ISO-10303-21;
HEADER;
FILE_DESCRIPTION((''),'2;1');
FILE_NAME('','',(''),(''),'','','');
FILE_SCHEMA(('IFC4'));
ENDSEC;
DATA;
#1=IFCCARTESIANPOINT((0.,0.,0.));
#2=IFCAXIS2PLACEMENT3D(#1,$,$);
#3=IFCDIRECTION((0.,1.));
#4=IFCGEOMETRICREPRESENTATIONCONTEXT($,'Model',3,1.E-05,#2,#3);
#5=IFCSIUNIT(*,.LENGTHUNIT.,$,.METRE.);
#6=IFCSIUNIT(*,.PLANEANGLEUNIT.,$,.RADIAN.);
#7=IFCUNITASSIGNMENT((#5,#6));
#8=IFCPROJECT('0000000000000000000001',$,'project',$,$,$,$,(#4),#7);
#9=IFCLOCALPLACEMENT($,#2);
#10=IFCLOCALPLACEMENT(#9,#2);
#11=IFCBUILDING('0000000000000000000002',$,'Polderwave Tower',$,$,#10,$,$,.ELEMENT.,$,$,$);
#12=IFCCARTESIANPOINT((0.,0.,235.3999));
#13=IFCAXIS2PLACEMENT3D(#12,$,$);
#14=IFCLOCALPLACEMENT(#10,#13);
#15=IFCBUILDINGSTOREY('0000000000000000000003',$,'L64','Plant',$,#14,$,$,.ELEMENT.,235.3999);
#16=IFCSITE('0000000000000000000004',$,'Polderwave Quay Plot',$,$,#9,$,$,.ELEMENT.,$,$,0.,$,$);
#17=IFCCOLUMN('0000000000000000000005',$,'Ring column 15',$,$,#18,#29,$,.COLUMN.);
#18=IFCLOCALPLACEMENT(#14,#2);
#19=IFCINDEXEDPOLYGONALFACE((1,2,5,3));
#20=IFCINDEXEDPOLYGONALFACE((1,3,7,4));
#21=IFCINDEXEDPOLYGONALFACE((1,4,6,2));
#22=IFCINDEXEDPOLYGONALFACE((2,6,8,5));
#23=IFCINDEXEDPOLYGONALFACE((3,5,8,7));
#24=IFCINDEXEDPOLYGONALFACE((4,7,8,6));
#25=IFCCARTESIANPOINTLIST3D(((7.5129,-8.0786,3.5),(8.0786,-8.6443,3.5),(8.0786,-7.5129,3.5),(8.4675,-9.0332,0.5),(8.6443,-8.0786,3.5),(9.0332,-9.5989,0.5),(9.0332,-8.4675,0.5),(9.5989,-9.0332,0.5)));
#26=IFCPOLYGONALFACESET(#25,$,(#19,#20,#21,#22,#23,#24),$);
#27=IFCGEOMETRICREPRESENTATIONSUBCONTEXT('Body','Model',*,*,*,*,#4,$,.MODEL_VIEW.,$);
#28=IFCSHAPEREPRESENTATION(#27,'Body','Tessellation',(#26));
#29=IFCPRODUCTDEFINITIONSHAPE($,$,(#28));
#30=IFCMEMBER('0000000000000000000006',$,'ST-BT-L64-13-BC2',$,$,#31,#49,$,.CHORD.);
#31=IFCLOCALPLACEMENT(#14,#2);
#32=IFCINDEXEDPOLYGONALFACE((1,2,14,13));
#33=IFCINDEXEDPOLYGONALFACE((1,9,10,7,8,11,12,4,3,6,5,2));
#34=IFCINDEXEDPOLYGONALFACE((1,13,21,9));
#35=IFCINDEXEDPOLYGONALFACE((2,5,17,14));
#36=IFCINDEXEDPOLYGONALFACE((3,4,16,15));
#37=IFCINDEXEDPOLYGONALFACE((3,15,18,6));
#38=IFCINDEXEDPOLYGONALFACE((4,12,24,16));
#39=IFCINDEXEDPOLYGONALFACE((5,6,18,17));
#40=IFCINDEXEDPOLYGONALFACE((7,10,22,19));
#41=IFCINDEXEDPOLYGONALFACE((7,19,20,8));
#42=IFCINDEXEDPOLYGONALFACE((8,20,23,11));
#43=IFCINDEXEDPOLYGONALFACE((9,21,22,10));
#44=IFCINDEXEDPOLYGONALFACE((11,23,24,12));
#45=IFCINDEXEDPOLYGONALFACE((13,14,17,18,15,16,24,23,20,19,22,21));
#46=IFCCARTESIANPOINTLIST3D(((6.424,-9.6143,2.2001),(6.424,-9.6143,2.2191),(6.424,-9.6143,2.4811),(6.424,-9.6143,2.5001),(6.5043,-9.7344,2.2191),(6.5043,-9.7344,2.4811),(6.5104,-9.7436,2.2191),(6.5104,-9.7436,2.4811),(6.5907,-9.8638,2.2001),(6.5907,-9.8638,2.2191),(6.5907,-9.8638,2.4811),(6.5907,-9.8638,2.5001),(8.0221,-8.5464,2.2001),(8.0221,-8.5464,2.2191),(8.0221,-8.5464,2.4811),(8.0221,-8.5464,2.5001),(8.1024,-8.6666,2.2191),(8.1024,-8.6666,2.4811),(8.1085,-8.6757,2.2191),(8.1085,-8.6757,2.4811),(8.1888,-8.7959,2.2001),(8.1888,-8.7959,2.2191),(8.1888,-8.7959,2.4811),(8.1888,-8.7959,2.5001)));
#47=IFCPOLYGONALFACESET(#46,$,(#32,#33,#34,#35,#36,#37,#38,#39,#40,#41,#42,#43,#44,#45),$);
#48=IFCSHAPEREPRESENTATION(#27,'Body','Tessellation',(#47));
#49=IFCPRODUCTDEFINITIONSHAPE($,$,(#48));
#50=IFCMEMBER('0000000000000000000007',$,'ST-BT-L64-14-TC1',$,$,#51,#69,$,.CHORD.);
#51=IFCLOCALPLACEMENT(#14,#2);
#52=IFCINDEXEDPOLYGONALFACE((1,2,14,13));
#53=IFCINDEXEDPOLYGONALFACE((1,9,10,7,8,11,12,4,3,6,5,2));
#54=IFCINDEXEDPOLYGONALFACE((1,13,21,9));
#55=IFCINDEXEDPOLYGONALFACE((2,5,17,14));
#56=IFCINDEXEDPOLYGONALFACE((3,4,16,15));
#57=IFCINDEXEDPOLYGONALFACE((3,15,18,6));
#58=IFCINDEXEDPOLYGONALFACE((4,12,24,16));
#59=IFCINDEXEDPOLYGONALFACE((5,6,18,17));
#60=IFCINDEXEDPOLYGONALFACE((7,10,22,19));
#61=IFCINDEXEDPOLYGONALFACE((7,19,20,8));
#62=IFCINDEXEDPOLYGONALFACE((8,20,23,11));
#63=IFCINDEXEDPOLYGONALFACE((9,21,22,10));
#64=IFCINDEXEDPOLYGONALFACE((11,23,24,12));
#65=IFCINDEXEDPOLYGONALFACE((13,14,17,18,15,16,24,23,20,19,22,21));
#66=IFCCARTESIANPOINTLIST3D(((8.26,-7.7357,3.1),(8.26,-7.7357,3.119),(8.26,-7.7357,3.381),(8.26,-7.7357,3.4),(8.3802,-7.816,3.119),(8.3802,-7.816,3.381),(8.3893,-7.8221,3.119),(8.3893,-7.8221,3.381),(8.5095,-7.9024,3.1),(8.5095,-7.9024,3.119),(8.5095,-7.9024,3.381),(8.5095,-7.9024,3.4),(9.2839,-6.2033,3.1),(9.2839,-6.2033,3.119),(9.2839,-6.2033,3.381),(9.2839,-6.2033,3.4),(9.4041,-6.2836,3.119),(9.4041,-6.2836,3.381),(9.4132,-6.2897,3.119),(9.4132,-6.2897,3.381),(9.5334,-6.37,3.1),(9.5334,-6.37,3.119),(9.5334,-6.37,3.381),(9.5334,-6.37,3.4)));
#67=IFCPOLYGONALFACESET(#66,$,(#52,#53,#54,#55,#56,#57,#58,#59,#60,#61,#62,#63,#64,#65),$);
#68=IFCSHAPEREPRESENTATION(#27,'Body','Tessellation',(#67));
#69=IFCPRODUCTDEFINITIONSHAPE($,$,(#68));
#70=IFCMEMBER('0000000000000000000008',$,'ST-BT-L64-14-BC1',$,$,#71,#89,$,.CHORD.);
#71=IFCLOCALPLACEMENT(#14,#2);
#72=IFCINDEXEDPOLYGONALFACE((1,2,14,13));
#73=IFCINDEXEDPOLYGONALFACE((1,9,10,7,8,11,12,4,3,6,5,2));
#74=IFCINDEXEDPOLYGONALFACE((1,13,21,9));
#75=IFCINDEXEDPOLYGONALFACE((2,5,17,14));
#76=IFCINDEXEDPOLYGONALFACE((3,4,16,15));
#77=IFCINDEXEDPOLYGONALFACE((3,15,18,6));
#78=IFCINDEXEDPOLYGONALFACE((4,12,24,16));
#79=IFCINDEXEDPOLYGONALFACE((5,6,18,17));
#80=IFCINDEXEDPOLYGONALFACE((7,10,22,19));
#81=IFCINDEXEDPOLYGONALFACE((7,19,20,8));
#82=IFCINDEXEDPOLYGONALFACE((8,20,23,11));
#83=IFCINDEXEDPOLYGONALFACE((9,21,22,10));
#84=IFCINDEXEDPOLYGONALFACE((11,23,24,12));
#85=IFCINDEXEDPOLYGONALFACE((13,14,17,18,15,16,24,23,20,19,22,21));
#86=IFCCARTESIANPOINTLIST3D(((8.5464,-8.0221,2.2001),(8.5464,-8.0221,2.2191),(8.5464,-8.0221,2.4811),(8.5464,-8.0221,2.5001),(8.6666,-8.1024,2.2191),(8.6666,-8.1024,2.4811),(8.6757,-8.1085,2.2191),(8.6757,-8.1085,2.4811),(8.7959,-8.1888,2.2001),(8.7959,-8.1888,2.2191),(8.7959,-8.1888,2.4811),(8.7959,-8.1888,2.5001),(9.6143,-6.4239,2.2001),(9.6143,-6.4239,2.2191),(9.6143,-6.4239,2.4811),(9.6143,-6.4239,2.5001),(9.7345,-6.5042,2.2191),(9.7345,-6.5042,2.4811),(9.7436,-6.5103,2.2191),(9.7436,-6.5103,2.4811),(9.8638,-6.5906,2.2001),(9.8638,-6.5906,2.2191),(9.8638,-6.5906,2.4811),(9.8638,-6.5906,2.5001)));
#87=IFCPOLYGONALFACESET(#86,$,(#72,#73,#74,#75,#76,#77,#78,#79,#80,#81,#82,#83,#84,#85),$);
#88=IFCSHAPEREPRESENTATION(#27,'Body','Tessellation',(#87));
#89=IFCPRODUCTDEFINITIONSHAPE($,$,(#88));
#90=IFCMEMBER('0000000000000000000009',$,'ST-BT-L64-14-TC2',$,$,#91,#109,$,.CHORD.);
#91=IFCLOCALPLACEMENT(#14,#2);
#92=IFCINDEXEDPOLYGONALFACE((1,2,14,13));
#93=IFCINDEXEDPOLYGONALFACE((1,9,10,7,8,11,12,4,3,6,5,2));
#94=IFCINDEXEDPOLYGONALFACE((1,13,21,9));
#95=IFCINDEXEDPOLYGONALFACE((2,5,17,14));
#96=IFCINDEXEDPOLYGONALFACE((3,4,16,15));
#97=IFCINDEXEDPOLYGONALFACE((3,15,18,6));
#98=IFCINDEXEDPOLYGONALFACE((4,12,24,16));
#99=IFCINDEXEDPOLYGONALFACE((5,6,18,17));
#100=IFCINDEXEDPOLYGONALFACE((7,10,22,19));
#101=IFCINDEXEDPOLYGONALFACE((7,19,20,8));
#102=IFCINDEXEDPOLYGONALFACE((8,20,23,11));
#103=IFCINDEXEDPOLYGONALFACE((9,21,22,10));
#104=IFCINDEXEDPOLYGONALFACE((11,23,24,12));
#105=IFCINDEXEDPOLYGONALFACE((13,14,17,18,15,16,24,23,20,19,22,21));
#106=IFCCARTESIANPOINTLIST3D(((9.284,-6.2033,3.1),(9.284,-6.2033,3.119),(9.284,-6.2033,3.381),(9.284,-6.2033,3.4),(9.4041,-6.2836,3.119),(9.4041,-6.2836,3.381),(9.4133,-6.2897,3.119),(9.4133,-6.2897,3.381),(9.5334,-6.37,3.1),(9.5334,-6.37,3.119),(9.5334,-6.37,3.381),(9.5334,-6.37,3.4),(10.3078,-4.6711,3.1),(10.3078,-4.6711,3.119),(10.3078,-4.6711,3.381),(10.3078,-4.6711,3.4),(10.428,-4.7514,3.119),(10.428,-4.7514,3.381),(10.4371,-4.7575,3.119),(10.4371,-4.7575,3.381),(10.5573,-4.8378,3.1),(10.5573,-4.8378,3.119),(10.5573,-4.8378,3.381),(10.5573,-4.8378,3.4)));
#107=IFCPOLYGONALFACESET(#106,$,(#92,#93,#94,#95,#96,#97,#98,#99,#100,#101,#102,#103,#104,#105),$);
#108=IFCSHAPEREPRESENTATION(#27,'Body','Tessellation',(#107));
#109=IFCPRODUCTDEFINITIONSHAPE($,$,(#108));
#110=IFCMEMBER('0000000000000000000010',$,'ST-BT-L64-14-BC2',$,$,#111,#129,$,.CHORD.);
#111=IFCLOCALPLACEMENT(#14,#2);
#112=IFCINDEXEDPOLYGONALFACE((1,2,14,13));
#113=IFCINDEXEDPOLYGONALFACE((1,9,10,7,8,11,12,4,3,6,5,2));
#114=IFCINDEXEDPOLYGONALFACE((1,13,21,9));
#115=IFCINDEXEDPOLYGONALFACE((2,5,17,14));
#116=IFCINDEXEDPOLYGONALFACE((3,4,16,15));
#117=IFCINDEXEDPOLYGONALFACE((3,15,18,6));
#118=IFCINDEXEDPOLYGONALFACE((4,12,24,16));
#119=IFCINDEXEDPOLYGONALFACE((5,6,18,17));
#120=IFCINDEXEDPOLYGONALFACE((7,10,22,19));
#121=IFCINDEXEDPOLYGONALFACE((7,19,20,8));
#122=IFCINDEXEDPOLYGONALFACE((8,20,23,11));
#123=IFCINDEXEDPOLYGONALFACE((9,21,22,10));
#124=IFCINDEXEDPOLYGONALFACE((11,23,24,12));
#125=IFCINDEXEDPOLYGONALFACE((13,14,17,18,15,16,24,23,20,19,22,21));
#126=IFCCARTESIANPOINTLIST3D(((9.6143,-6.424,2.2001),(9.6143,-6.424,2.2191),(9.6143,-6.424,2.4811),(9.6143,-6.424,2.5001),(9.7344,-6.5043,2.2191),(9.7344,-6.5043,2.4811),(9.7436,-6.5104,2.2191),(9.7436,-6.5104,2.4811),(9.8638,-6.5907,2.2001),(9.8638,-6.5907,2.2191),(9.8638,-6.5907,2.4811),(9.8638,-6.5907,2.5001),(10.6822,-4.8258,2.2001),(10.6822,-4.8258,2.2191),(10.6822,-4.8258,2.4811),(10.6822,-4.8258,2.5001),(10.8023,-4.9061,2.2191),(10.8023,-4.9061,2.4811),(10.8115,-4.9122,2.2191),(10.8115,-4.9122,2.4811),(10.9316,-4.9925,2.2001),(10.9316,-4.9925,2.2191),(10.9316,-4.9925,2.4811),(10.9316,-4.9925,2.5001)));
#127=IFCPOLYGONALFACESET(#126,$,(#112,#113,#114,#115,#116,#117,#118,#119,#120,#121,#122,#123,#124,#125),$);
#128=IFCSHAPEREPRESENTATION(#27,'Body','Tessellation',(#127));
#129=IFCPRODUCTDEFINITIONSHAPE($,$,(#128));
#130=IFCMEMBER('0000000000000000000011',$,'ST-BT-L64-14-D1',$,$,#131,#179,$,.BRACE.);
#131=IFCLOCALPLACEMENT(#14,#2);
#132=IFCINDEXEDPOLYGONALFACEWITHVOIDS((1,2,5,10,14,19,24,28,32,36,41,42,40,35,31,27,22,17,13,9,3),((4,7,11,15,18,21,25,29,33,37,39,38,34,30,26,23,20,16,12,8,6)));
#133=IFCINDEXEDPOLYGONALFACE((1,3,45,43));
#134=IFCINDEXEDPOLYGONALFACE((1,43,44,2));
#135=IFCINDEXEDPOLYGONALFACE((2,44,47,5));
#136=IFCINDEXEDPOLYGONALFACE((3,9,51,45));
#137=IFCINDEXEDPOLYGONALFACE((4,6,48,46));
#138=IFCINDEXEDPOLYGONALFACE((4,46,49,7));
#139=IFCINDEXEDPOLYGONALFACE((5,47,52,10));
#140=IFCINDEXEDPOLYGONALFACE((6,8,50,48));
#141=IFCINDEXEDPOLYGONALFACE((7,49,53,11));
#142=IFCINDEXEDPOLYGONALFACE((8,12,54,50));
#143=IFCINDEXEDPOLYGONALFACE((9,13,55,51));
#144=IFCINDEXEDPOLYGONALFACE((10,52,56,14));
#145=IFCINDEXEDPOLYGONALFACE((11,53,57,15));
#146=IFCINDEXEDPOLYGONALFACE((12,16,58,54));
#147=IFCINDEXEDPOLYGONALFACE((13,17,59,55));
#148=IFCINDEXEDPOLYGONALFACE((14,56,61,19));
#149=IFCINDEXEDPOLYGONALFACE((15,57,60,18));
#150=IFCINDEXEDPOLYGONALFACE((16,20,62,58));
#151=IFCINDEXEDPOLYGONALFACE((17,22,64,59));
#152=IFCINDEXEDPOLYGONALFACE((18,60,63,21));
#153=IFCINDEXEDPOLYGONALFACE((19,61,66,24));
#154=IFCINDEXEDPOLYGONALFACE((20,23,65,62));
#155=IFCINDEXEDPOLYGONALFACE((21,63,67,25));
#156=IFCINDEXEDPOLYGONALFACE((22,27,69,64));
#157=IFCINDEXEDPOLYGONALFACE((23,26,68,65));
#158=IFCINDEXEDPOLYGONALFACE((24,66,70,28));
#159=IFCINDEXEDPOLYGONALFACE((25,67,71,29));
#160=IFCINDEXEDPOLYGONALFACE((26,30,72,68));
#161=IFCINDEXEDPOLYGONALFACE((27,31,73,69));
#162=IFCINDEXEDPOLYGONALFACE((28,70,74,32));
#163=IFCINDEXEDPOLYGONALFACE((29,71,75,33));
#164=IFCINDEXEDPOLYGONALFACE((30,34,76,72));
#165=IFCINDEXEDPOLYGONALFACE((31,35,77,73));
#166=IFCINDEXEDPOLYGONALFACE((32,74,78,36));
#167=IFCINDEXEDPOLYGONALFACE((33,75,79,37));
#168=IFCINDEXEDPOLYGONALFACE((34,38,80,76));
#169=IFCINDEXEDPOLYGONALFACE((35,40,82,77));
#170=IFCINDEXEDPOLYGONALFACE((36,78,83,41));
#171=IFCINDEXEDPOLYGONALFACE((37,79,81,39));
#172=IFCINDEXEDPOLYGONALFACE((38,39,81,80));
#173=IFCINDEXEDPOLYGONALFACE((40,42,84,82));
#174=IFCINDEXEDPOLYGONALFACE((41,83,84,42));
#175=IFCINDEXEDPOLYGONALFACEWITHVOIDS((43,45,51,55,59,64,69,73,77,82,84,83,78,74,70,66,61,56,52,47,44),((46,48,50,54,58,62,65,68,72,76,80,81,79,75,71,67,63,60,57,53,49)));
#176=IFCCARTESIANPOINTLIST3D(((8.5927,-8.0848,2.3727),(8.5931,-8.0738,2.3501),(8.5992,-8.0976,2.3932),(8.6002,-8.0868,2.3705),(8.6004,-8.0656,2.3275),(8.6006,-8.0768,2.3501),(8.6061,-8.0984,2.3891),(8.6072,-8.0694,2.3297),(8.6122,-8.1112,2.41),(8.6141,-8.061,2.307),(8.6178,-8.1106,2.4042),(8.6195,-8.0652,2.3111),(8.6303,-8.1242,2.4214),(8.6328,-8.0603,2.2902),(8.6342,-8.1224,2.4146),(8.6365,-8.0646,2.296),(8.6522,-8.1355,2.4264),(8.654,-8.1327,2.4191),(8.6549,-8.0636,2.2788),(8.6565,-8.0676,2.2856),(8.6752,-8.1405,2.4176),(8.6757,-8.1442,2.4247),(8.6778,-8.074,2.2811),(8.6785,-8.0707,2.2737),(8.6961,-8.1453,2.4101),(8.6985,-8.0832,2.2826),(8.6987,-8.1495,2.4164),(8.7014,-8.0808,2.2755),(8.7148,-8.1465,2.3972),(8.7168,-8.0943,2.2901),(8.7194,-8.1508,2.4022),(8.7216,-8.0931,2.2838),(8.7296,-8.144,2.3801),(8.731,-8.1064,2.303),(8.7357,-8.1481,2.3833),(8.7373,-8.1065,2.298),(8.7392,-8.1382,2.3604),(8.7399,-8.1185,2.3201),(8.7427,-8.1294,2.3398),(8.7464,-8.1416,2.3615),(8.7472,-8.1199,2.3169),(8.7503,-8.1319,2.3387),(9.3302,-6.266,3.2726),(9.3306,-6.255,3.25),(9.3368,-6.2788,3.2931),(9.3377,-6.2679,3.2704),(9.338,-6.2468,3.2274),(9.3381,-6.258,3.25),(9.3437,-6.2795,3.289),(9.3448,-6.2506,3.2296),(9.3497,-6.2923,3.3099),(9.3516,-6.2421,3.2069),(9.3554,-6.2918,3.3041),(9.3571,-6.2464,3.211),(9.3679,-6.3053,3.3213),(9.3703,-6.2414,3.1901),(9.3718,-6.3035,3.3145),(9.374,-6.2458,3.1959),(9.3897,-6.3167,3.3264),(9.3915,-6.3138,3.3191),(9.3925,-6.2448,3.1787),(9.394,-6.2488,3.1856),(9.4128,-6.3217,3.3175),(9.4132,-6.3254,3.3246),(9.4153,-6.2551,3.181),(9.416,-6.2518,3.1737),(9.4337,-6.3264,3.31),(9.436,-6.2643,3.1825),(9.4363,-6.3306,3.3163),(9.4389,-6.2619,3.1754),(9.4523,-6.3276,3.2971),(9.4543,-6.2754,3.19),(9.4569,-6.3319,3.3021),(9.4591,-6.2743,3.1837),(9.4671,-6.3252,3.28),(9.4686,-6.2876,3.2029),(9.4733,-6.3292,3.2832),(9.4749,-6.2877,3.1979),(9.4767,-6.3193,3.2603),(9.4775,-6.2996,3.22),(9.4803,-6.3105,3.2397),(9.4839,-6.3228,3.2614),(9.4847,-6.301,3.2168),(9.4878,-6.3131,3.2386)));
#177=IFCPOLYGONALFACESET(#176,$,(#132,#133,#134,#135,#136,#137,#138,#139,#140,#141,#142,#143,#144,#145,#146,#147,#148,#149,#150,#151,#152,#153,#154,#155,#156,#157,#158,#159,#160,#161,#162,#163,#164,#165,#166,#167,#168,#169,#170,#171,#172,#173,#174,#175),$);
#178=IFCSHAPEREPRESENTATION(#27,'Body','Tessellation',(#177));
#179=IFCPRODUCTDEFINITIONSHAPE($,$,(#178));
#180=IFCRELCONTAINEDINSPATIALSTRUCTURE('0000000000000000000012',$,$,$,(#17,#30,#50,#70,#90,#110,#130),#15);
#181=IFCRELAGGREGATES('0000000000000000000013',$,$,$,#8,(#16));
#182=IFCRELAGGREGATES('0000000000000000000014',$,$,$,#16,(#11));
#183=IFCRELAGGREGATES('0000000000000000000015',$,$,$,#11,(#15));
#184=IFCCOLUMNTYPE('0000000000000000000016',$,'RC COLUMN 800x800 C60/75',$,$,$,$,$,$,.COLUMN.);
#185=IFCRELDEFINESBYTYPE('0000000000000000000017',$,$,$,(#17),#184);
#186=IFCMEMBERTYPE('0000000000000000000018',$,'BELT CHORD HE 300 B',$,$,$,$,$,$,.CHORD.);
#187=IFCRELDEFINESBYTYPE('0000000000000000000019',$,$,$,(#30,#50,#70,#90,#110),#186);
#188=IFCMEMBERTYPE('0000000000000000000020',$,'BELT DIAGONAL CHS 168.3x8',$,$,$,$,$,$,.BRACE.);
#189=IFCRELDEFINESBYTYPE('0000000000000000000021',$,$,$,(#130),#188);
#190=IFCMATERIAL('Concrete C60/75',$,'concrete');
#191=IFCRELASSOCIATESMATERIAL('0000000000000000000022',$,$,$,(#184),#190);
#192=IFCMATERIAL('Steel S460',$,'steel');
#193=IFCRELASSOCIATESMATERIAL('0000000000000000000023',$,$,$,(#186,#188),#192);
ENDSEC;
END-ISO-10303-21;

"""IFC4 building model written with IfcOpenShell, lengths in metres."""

from ifc_helpers import new_model, si_unit, direction, frame, origin, origin_2d, place, context, subcontext, project, spatial, rectangle, hollow_circle, i_section, extrude, material, material_profile, profile_set, type_object, element, save


model = new_model("IFC4")

# Units and contexts
model_context = context("Model", 3, precision=1e-05, world=origin(), true_north=direction((0.0, 1.0)))
body_context = subcontext(model_context, "Body", "Model", "MODEL_VIEW")
ifc_project = project(units=[si_unit("LENGTHUNIT", "METRE"), si_unit("PLANEANGLEUNIT", "RADIAN")], contexts=[model_context])

# Site, building, storey
site_placement = place(None, origin())
site = spatial("IfcSite", under=ifc_project, at=site_placement, Name="Polderwave Quay Plot", CompositionType="ELEMENT", RefElevation=0.0)
building_placement = place(site_placement, origin())
building = spatial("IfcBuilding", under=site, at=building_placement, Name="Polderwave Tower", CompositionType="ELEMENT")
storey_placement = place(building_placement, frame((0.0, 0.0, 235.3999)))
storey = spatial("IfcBuildingStorey", under=building, at=storey_placement, Name="L64", Description="Plant", CompositionType="ELEMENT", Elevation=235.3999)

# Column
ifc_material_1 = material(Name="Concrete C60/75", Category="concrete")
ifc_material_profile_1 = material_profile(ifc_material_1, rectangle(XDim=0.8, YDim=0.8, at=origin_2d()), Name="RC 800x800")
ifc_profile_set_1 = profile_set([ifc_material_profile_1], Name="Concrete C60/75")
column_type = type_object("IfcColumnType", Name="RC COLUMN 800x800 C60/75", PredefinedType="COLUMN", material=ifc_profile_set_1)
column_placement = place(storey_placement, frame((9.0332, -9.0332, 0.5), z_axis=(0.0, 0.0, 1.0), x_axis=(-0.707107, -0.707107, 0.0)))
element("IfcColumn", 1, at=column_placement, inside=storey, type_object=column_type, Name="Ring column 15", PredefinedType="COLUMN", context=body_context, shape_type="SweptSolid", body=[
    extrude(rectangle(XDim=0.8, YDim=0.8, at=origin_2d()), origin(), (0.0, -0.410363, 0.911922), 3.2898),
])

# Members
ifc_material_2 = material(Name="Steel S460", Category="steel")
ifc_material_profile_2 = material_profile(ifc_material_2, i_section(OverallWidth=0.3, OverallDepth=0.3, WebThickness=0.011, FlangeThickness=0.019, at=origin_2d()), Name="HE 300 B")
ifc_profile_set_2 = profile_set([ifc_material_profile_2], Name="Steel S460")
member_type_1 = type_object("IfcMemberType", Name="BELT CHORD HE 300 B", PredefinedType="CHORD", material=ifc_profile_set_2)
member_1_placement = place(storey_placement, frame((6.5073, -9.739, 2.3501), z_axis=(0.831464, 0.555579, 0.0), x_axis=(-0.555579, 0.831464, 0.0)))
element("IfcMember", 2, at=member_1_placement, inside=storey, type_object=member_type_1, Name="ST-BT-L64-13-BC2", PredefinedType="CHORD", context=body_context, shape_type="SweptSolid", body=[
    extrude(i_section(OverallWidth=0.3, OverallDepth=0.3, WebThickness=0.011, FlangeThickness=0.019, at=origin_2d()), origin(), (0.0, 0.0, 1.0), 1.9221),
])
member_2_placement = place(storey_placement, frame((8.3848, -7.8191, 3.25), z_axis=(0.555556, 0.831479, 0.0), x_axis=(-0.831479, 0.555556, 0.0)))
element("IfcMember", 3, at=member_2_placement, inside=storey, type_object=member_type_1, Name="ST-BT-L64-14-TC1", PredefinedType="CHORD", context=body_context, shape_type="SweptSolid", body=[
    extrude(i_section(OverallWidth=0.3, OverallDepth=0.3, WebThickness=0.011, FlangeThickness=0.019, at=origin_2d()), origin(), (0.0, 0.0, 1.0), 1.843),
])
member_3_placement = place(storey_placement, frame((8.6711, -8.1055, 2.3501), z_axis=(0.555579, 0.831464, 0.0), x_axis=(-0.831464, 0.555579, 0.0)))
element("IfcMember", 4, at=member_3_placement, inside=storey, type_object=member_type_1, Name="ST-BT-L64-14-BC1", PredefinedType="CHORD", context=body_context, shape_type="SweptSolid", body=[
    extrude(i_section(OverallWidth=0.3, OverallDepth=0.3, WebThickness=0.011, FlangeThickness=0.019, at=origin_2d()), origin(), (0.0, 0.0, 1.0), 1.9221),
])
member_4_placement = place(storey_placement, frame((9.4087, -6.2866, 3.25), z_axis=(0.555617, 0.831438, 0.0), x_axis=(-0.831438, 0.555617, 0.0)))
element("IfcMember", 5, at=member_4_placement, inside=storey, type_object=member_type_1, Name="ST-BT-L64-14-TC2", PredefinedType="CHORD", context=body_context, shape_type="SweptSolid", body=[
    extrude(i_section(OverallWidth=0.3, OverallDepth=0.3, WebThickness=0.011, FlangeThickness=0.019, at=origin_2d()), origin(), (0.0, 0.0, 1.0), 1.8428),
])
member_5_placement = place(storey_placement, frame((9.739, -6.5073, 2.3501), z_axis=(0.555579, 0.831464, 0.0), x_axis=(-0.831464, 0.555579, 0.0)))
element("IfcMember", 6, at=member_5_placement, inside=storey, type_object=member_type_1, Name="ST-BT-L64-14-BC2", PredefinedType="CHORD", context=body_context, shape_type="SweptSolid", body=[
    extrude(i_section(OverallWidth=0.3, OverallDepth=0.3, WebThickness=0.011, FlangeThickness=0.019, at=origin_2d()), origin(), (0.0, 0.0, 1.0), 1.9221),
])
ifc_material_profile_3 = material_profile(ifc_material_2, hollow_circle(Radius=0.0842, WallThickness=0.0081, at=origin_2d()), Name="CHS 168.3x8")
ifc_profile_set_3 = profile_set([ifc_material_profile_3], Name="Steel S460")
member_type_2 = type_object("IfcMemberType", Name="BELT DIAGONAL CHS 168.3x8", PredefinedType="BRACE", material=ifc_profile_set_3)
for number, where, z_axis, x_axis, name in (
    (7, (8.6711, -8.1055, 2.3501), (0.341589, 0.842383, 0.416782), (-0.926708, 0.375783, 0.0), "ST-BT-L64-14-D1"),
):
    element("IfcMember", number, at=place(storey_placement, frame(where, z_axis=z_axis, x_axis=x_axis)), inside=storey, type_object=member_type_2, Name=name, PredefinedType="BRACE", context=body_context, shape_type="SweptSolid", body=[
        extrude(hollow_circle(Radius=0.0842, WallThickness=0.0081, at=origin_2d()), origin(), (0.0, 0.0, 1.0), 2.1592),
    ])

save(model, "model.ifc")
